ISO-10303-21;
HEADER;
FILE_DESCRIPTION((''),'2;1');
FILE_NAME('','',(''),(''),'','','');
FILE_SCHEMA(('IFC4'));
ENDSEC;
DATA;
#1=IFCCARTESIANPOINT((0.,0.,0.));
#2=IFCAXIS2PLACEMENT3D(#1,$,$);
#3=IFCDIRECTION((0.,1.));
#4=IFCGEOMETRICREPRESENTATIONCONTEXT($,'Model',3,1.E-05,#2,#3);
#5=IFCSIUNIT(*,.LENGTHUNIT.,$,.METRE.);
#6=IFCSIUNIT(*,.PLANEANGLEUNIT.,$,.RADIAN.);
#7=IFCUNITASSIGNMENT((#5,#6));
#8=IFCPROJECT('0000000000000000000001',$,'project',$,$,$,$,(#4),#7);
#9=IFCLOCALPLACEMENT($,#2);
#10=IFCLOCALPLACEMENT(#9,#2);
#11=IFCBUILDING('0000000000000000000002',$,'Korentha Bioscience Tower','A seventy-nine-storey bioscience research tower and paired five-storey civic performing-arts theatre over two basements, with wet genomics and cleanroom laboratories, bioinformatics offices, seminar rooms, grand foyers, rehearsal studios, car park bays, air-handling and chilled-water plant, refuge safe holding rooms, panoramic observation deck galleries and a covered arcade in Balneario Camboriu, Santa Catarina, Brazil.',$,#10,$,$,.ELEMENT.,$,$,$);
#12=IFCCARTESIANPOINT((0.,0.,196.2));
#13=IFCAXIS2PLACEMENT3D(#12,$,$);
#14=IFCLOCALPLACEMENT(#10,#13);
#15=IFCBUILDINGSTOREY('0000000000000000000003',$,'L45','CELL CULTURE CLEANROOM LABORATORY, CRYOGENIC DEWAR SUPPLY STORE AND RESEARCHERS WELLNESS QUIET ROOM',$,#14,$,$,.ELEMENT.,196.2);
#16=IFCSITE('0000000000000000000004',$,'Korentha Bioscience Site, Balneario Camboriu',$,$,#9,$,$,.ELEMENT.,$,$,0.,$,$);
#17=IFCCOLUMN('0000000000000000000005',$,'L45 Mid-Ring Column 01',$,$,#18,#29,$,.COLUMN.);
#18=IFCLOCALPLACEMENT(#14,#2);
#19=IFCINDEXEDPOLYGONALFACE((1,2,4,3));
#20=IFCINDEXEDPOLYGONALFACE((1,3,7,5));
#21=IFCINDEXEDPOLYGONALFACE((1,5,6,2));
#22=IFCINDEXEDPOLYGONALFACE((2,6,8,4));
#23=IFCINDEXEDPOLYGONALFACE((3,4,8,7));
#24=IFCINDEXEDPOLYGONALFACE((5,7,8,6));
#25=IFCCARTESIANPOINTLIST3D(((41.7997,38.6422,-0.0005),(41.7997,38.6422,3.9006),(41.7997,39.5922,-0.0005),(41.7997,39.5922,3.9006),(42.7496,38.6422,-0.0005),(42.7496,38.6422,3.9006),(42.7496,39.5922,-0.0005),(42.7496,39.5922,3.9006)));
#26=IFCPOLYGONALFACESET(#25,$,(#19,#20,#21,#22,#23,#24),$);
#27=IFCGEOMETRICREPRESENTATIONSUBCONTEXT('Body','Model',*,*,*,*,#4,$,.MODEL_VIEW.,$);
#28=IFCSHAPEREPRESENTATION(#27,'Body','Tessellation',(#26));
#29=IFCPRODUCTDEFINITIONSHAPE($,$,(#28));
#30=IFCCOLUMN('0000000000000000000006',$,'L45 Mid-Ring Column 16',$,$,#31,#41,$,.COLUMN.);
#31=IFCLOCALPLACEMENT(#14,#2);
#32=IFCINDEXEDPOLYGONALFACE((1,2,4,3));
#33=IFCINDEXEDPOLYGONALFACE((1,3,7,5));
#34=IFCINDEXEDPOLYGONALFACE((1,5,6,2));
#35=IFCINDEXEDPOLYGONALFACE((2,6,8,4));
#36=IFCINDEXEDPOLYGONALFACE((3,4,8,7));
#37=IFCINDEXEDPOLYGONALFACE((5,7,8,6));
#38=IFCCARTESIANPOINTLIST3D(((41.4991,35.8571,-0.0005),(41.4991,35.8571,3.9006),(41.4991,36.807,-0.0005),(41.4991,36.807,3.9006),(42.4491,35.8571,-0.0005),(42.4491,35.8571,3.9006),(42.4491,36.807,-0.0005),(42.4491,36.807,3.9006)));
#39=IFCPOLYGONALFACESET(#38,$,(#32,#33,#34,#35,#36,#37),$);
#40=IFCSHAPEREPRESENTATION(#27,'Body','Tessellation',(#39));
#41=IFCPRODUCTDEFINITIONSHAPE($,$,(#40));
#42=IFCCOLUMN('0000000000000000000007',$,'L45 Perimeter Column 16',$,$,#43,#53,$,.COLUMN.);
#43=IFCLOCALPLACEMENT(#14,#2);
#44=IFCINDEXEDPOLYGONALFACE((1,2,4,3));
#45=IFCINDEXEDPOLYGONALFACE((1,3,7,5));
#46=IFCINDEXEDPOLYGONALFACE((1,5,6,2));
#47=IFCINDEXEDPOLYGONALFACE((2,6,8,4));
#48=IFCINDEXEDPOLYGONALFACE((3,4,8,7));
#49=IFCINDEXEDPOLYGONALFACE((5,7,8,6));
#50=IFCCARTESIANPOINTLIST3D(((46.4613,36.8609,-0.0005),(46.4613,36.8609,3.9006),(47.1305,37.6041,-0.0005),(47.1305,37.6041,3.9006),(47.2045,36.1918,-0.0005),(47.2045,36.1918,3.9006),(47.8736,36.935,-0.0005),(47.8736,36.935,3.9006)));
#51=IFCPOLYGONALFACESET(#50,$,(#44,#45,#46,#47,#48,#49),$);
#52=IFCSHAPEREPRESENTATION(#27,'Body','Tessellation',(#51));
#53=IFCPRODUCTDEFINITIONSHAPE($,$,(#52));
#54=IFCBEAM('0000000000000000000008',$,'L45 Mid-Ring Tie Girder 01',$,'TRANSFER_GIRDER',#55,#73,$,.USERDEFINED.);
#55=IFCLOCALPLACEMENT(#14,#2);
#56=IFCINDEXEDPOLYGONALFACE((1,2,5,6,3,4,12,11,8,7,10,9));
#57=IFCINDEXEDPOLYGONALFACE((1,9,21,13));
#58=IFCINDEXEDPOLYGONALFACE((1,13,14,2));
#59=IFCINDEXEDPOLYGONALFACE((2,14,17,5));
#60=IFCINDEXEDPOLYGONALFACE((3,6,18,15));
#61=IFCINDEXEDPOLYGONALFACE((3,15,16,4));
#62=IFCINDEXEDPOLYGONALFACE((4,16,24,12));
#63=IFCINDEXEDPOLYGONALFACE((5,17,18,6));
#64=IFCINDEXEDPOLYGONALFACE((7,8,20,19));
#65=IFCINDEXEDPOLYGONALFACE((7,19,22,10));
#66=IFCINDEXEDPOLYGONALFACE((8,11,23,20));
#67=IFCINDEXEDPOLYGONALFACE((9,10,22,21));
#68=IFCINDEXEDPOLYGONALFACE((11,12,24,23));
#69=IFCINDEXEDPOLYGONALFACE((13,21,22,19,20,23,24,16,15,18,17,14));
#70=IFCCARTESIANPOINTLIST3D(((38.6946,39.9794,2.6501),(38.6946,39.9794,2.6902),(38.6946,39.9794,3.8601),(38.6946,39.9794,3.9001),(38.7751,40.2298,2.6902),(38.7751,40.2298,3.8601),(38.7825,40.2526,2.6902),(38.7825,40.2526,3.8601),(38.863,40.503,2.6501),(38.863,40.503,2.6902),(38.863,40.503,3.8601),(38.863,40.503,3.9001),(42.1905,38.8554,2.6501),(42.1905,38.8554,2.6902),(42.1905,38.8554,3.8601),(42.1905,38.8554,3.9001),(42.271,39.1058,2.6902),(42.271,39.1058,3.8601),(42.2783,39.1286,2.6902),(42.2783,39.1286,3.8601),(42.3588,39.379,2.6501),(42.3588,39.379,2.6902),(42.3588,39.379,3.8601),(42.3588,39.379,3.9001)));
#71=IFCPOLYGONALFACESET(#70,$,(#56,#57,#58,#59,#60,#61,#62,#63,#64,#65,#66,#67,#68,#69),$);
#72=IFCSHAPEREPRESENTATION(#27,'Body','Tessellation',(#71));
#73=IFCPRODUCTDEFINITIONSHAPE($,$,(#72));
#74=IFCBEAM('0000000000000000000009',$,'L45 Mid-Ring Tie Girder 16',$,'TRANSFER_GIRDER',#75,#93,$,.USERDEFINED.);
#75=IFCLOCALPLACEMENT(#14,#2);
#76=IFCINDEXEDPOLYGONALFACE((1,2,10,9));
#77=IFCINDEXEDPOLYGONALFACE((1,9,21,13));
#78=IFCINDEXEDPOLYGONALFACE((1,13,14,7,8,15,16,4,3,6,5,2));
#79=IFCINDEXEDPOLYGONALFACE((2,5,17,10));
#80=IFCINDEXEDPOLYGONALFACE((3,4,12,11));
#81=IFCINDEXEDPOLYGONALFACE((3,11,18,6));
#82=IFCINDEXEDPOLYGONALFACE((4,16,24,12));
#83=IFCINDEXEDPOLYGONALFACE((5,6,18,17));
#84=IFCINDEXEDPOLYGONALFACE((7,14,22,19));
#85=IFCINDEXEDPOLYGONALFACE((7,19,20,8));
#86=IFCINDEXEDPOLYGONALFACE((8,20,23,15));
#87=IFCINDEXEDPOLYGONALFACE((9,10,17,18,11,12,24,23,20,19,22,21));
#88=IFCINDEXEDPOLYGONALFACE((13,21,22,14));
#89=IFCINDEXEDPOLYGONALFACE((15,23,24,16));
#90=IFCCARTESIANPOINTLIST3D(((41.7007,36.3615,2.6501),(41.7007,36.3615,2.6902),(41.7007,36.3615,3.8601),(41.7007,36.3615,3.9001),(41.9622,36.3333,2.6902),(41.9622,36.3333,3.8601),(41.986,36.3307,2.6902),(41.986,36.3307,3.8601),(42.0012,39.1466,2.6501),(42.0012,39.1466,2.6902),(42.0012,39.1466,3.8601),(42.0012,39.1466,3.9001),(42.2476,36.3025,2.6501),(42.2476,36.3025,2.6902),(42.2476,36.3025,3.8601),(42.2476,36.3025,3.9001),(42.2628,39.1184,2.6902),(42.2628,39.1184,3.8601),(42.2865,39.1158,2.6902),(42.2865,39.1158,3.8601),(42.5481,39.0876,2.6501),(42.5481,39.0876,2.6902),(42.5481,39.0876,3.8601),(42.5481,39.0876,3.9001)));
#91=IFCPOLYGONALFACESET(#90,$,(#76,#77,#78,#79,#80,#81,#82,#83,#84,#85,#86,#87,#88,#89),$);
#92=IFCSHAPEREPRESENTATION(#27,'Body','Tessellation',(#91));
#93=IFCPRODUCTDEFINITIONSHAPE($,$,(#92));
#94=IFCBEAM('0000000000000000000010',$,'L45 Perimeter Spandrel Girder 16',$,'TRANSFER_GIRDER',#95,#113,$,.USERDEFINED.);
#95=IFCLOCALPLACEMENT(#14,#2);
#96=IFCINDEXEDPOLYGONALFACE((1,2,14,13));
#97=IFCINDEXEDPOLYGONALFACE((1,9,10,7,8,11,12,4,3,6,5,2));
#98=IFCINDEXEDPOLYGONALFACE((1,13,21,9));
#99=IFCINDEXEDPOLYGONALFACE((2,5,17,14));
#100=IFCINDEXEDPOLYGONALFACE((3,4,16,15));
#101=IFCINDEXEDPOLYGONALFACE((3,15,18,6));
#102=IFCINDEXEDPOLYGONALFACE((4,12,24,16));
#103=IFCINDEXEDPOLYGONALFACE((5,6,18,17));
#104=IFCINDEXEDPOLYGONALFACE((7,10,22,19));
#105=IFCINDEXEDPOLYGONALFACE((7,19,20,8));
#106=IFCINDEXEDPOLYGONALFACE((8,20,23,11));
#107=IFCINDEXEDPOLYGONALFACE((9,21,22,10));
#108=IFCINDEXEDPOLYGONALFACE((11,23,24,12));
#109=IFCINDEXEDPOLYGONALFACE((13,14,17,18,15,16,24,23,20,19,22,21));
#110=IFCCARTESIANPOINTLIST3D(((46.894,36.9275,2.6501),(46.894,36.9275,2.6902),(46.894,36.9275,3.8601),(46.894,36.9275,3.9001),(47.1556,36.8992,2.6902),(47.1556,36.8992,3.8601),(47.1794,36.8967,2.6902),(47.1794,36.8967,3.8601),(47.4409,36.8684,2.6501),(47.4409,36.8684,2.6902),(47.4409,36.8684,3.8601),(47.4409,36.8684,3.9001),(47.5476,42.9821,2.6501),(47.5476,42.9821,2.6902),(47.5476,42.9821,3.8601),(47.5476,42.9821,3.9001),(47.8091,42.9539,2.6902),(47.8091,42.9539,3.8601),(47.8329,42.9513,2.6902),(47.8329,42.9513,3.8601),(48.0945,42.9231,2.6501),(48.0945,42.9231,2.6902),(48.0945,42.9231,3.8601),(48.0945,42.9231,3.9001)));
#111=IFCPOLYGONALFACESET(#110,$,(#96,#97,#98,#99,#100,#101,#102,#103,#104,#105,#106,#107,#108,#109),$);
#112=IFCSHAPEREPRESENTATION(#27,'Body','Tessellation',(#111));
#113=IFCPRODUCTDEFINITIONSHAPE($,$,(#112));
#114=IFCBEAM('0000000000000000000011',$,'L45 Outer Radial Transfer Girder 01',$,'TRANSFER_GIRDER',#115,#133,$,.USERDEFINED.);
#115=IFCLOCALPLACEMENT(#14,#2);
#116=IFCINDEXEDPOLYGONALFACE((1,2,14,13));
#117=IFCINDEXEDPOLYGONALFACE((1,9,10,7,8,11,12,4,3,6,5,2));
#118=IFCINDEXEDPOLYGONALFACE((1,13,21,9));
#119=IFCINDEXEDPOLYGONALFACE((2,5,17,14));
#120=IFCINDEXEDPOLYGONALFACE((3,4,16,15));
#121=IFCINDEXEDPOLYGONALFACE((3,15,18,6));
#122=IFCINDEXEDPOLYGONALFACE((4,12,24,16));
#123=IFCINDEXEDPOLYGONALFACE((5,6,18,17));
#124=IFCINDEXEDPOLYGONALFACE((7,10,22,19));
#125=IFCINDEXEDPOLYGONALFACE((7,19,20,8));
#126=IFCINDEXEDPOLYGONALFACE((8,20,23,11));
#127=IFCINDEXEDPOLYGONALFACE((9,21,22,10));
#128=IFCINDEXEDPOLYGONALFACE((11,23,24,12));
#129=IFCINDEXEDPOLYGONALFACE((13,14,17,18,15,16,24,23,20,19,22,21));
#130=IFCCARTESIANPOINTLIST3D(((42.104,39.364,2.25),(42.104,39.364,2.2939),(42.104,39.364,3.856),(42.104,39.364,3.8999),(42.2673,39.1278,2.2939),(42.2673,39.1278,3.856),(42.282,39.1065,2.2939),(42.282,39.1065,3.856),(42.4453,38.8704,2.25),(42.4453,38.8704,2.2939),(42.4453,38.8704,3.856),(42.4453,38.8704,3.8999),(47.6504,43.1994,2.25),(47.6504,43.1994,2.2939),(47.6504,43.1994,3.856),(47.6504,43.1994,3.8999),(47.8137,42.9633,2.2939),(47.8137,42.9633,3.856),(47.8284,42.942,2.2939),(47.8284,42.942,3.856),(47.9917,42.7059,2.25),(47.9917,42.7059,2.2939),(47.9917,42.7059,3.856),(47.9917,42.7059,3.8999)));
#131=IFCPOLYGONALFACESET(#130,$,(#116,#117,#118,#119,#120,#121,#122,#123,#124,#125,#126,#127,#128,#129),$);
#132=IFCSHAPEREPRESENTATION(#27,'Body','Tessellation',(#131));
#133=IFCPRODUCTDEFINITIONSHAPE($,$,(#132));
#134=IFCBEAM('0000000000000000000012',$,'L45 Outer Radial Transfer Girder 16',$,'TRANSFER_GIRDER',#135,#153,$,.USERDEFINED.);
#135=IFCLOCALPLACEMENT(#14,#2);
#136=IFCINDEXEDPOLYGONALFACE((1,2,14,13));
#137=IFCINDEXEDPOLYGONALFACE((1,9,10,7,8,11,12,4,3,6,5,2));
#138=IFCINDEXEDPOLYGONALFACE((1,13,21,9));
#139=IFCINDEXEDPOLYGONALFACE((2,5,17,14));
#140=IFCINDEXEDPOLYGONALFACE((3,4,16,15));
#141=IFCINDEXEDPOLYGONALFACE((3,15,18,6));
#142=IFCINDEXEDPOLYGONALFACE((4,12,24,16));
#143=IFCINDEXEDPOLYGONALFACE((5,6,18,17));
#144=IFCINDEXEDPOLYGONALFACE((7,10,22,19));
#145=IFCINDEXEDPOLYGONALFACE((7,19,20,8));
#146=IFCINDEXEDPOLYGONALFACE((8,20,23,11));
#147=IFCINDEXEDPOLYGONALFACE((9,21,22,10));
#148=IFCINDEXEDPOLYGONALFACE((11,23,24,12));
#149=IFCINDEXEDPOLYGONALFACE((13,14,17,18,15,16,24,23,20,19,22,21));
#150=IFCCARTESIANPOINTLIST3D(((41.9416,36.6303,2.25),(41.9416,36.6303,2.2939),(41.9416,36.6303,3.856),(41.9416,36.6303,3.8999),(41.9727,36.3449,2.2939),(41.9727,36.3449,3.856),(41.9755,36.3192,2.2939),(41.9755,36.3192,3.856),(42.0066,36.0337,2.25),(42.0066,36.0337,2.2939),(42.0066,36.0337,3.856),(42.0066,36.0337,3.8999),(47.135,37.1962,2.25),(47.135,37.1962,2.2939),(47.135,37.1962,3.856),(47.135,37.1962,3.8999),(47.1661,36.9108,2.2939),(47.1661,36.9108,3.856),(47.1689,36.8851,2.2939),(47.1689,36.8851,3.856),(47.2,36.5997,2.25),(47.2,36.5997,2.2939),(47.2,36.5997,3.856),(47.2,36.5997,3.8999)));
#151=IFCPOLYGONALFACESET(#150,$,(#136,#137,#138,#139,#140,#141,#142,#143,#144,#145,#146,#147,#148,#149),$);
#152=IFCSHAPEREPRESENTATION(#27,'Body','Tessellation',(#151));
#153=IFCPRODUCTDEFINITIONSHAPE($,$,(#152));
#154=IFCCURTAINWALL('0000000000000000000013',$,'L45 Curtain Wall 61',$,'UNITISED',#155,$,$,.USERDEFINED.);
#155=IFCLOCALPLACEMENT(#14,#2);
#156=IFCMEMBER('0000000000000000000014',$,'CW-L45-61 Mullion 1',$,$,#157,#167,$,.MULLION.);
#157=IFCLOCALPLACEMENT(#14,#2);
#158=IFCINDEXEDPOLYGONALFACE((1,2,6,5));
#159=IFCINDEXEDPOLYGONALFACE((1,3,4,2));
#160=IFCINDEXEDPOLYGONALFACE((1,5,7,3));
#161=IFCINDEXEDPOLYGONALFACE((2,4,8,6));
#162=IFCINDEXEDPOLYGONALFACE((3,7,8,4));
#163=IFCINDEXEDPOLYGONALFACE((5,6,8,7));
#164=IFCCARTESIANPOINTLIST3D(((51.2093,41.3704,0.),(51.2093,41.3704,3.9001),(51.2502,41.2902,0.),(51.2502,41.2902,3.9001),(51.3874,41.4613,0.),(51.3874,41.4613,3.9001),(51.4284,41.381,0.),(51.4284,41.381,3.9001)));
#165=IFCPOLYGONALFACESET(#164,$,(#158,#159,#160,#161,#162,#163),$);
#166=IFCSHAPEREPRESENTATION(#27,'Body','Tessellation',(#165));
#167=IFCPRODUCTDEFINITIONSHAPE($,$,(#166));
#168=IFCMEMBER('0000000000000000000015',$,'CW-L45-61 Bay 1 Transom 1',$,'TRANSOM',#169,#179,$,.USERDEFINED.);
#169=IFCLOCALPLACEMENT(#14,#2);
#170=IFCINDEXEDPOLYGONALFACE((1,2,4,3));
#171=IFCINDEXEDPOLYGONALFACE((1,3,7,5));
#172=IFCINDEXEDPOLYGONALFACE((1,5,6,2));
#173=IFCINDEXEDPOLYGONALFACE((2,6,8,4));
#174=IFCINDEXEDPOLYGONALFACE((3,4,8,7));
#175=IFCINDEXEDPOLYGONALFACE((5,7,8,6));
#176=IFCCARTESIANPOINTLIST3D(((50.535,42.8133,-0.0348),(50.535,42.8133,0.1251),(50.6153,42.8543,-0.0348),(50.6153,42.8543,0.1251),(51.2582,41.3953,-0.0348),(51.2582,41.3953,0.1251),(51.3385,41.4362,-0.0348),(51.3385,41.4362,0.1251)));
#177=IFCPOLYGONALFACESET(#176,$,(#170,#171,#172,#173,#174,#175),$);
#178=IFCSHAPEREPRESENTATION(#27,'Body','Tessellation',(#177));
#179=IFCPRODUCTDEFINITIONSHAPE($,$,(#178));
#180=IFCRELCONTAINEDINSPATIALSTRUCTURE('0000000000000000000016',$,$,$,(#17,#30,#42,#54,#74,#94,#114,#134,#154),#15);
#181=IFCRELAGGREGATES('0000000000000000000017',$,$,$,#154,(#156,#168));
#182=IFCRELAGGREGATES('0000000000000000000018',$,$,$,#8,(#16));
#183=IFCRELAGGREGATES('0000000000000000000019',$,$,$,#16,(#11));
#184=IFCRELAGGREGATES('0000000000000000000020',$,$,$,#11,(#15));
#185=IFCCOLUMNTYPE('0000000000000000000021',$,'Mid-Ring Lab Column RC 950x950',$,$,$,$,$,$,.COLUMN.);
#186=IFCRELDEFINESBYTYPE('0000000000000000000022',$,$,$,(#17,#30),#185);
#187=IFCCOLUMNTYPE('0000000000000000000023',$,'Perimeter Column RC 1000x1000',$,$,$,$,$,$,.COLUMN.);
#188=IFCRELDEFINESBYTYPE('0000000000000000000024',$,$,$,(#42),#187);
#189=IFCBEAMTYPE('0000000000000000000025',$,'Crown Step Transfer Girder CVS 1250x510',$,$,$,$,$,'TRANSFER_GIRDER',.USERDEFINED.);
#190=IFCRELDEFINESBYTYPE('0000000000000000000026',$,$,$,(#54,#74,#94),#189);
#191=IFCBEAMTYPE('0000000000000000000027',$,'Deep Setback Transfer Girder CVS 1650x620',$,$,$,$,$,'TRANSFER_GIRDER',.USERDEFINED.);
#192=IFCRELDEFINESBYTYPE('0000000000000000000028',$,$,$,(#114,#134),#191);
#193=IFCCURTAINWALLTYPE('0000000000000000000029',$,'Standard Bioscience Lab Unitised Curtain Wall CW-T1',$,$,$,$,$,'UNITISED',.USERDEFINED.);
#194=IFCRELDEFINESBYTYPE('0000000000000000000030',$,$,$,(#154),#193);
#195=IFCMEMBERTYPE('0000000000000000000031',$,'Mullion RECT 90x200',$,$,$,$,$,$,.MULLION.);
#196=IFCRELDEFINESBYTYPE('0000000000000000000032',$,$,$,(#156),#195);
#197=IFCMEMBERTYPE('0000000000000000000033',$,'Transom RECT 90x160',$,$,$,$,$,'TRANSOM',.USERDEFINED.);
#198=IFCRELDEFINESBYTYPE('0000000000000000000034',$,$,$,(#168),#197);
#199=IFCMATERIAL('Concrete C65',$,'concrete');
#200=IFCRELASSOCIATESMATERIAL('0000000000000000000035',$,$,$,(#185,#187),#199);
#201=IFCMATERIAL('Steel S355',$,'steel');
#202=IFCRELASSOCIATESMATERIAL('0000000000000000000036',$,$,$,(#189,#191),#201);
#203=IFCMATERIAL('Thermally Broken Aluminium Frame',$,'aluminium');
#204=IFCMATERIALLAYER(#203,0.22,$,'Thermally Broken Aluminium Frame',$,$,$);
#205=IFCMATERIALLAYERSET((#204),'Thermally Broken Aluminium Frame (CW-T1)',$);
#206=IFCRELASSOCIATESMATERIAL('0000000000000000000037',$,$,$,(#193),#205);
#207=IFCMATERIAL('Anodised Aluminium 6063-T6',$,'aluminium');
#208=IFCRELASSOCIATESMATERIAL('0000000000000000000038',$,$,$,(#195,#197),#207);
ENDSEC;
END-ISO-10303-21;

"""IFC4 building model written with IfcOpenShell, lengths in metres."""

from ifc_helpers import new_model, si_unit, direction, frame, origin, origin_2d, place, context, subcontext, project, spatial, rectangle, i_section, extrude, material, layer, layer_set, material_profile, profile_set, type_object, element, aggregate, save


model = new_model("IFC4")

# Units and contexts
model_context = context("Model", 3, precision=1e-05, world=origin(), true_north=direction((0.0, 1.0)))
body_context = subcontext(model_context, "Body", "Model", "MODEL_VIEW")
ifc_project = project(units=[si_unit("LENGTHUNIT", "METRE"), si_unit("PLANEANGLEUNIT", "RADIAN")], contexts=[model_context])

# Site, building, storey
site_placement = place(None, origin())
site = spatial("IfcSite", under=ifc_project, at=site_placement, Name="Korentha Bioscience Site, Balneario Camboriu", CompositionType="ELEMENT", RefElevation=0.0)
building_placement = place(site_placement, origin())
building = spatial("IfcBuilding", under=site, at=building_placement, Name="Korentha Bioscience Tower", Description="A seventy-nine-storey bioscience research tower and paired five-storey civic performing-arts theatre over two basements, with wet genomics and cleanroom laboratories, bioinformatics offices, seminar rooms, grand foyers, rehearsal studios, car park bays, air-handling and chilled-water plant, refuge safe holding rooms, panoramic observation deck galleries and a covered arcade in Balneario Camboriu, Santa Catarina, Brazil.", CompositionType="ELEMENT")
storey_placement = place(building_placement, frame((0.0, 0.0, 196.2)))
storey = spatial("IfcBuildingStorey", under=building, at=storey_placement, Name="L45", Description="CELL CULTURE CLEANROOM LABORATORY, CRYOGENIC DEWAR SUPPLY STORE AND RESEARCHERS WELLNESS QUIET ROOM", CompositionType="ELEMENT", Elevation=196.2)

# Columns
ifc_material_1 = material(Name="Concrete C65", Category="concrete")
ifc_material_profile_1 = material_profile(ifc_material_1, rectangle(XDim=0.95, YDim=0.95, at=origin_2d()), Name="Concrete C65")
ifc_profile_set_1 = profile_set([ifc_material_profile_1], Name="Concrete C65 (COL-MR09)")
column_type_1 = type_object("IfcColumnType", Name="Mid-Ring Lab Column RC 950x950", PredefinedType="COLUMN", material=ifc_profile_set_1)
for number, where, z_axis, x_axis, name in (
    (1, (42.2747, 39.1172, -0.0005), (0.0, 0.0, 1.0), (1.0, 0.0, 0.0), "L45 Mid-Ring Column 01"),
    (2, (41.9741, 36.332, -0.0005), (0.0, 0.0, 1.0), (1.0, 0.0, 0.0), "L45 Mid-Ring Column 16"),
):
    element("IfcColumn", number, at=place(storey_placement, frame(where, z_axis=z_axis, x_axis=x_axis)), inside=storey, type_object=column_type_1, Name=name, PredefinedType="COLUMN", context=body_context, shape_type="SweptSolid", body=[
        extrude(rectangle(XDim=0.95, YDim=0.95, at=origin_2d()), origin(), (0.0, 0.0, 1.0), 3.9011),
    ])
ifc_material_profile_2 = material_profile(ifc_material_1, rectangle(XDim=1.0, YDim=1.0, at=origin_2d()), Name="Concrete C65")
ifc_profile_set_2 = profile_set([ifc_material_profile_2], Name="Concrete C65 (COL-P10)")
column_type_2 = type_object("IfcColumnType", Name="Perimeter Column RC 1000x1000", PredefinedType="COLUMN", material=ifc_profile_set_2)
column_placement = place(storey_placement, frame((47.1675, 36.8979, -0.0005), z_axis=(0.0, 0.0, 1.0), x_axis=(0.669131, 0.743145, 0.0)))
element("IfcColumn", 3, at=column_placement, inside=storey, type_object=column_type_2, Name="L45 Perimeter Column 16", PredefinedType="COLUMN", context=body_context, shape_type="SweptSolid", body=[
    extrude(rectangle(XDim=1.0, YDim=1.0, at=origin_2d()), origin(), (0.0, 0.0, 1.0), 3.9011),
])

# Beams
ifc_material_2 = material(Name="Steel S355", Category="steel")
ifc_material_profile_3 = material_profile(ifc_material_2, i_section(OverallWidth=0.55, OverallDepth=1.25, WebThickness=0.0239, FlangeThickness=0.04, at=origin_2d()), Name="Steel S355")
ifc_profile_set_3 = profile_set([ifc_material_profile_3], Name="Steel S355 (TG-03)")
beam_type_1 = type_object("IfcBeamType", Name="Crown Step Transfer Girder CVS 1250x510", ElementType="TRANSFER_GIRDER", PredefinedType="USERDEFINED", material=ifc_profile_set_3)
beam_1_placement = place(storey_placement, frame((42.2747, 39.1172, 3.2751), z_axis=(-0.952, 0.306097, 0.0), x_axis=(-0.306097, -0.952, 0.0)))
element("IfcBeam", 4, at=beam_1_placement, inside=storey, type_object=beam_type_1, Name="L45 Mid-Ring Tie Girder 01", ObjectType="TRANSFER_GIRDER", PredefinedType="USERDEFINED", context=body_context, shape_type="SweptSolid", body=[
    extrude(i_section(OverallWidth=0.55, OverallDepth=1.25, WebThickness=0.0239, FlangeThickness=0.04, at=origin_2d()), origin(), (0.0, 0.0, 1.0), 3.6721),
])
beam_2_placement = place(storey_placement, frame((41.9741, 36.332, 3.2751), z_axis=(0.107284, 0.994228, 0.0), x_axis=(-0.994228, 0.107284, 0.0)))
element("IfcBeam", 5, at=beam_2_placement, inside=storey, type_object=beam_type_1, Name="L45 Mid-Ring Tie Girder 16", ObjectType="TRANSFER_GIRDER", PredefinedType="USERDEFINED", context=body_context, shape_type="SweptSolid", body=[
    extrude(i_section(OverallWidth=0.55, OverallDepth=1.25, WebThickness=0.0239, FlangeThickness=0.04, at=origin_2d()), origin(), (0.0, 0.0, 1.0), 2.8013),
])
beam_3_placement = place(storey_placement, frame((47.1675, 36.8979, 3.2751), z_axis=(0.10732, 0.994225, 0.0), x_axis=(-0.994225, 0.10732, 0.0)))
element("IfcBeam", 6, at=beam_3_placement, inside=storey, type_object=beam_type_1, Name="L45 Perimeter Spandrel Girder 16", ObjectType="TRANSFER_GIRDER", PredefinedType="USERDEFINED", context=body_context, shape_type="SweptSolid", body=[
    extrude(i_section(OverallWidth=0.55, OverallDepth=1.25, WebThickness=0.0239, FlangeThickness=0.04, at=origin_2d()), origin(), (0.0, 0.0, 1.0), 6.0898),
])
ifc_material_profile_4 = material_profile(ifc_material_2, i_section(OverallWidth=0.6001, OverallDepth=1.6499, WebThickness=0.0259, FlangeThickness=0.0439, at=origin_2d()), Name="Steel S355")
ifc_profile_set_4 = profile_set([ifc_material_profile_4], Name="Steel S355 (TG-04)")
beam_type_2 = type_object("IfcBeamType", Name="Deep Setback Transfer Girder CVS 1650x620", ElementType="TRANSFER_GIRDER", PredefinedType="USERDEFINED", material=ifc_profile_set_4)
beam_4_placement = place(storey_placement, frame((42.2747, 39.1172, 3.075), z_axis=(0.822494, 0.568773, 0.0), x_axis=(-0.568773, 0.822494, 0.0)))
element("IfcBeam", 7, at=beam_4_placement, inside=storey, type_object=beam_type_2, Name="L45 Outer Radial Transfer Girder 01", ObjectType="TRANSFER_GIRDER", PredefinedType="USERDEFINED", context=body_context, shape_type="SweptSolid", body=[
    extrude(i_section(OverallWidth=0.6001, OverallDepth=1.6499, WebThickness=0.0259, FlangeThickness=0.0439, at=origin_2d()), origin(), (0.0, 0.0, 1.0), 6.7434),
])
beam_5_placement = place(storey_placement, frame((41.9741, 36.332, 3.075), z_axis=(0.994115, 0.108328, 0.0), x_axis=(-0.108328, 0.994115, 0.0)))
element("IfcBeam", 8, at=beam_5_placement, inside=storey, type_object=beam_type_2, Name="L45 Outer Radial Transfer Girder 16", ObjectType="TRANSFER_GIRDER", PredefinedType="USERDEFINED", context=body_context, shape_type="SweptSolid", body=[
    extrude(i_section(OverallWidth=0.6001, OverallDepth=1.6499, WebThickness=0.0259, FlangeThickness=0.0439, at=origin_2d()), origin(), (0.0, 0.0, 1.0), 5.2241),
])

# Curtain wall, members
ifc_material_3 = material(Name="Thermally Broken Aluminium Frame", Category="aluminium")
ifc_layer_1 = layer(ifc_material_3, 0.22, Name="Thermally Broken Aluminium Frame")
ifc_layer_set_1 = layer_set([ifc_layer_1], Name="Thermally Broken Aluminium Frame (CW-T1)")
curtain_wall_type = type_object("IfcCurtainWallType", Name="Standard Bioscience Lab Unitised Curtain Wall CW-T1", ElementType="UNITISED", PredefinedType="USERDEFINED", material=ifc_layer_set_1)
curtain_wall_placement = place(storey_placement, origin())
curtain_wall = element("IfcCurtainWall", 9, at=curtain_wall_placement, inside=storey, type_object=curtain_wall_type, Name="L45 Curtain Wall 61", ObjectType="UNITISED", PredefinedType="USERDEFINED")
ifc_material_4 = material(Name="Anodised Aluminium 6063-T6", Category="aluminium")
ifc_material_profile_5 = material_profile(ifc_material_4, rectangle(XDim=0.0901, YDim=0.2, at=origin_2d()), Name="Anodised Aluminium 6063-T6")
ifc_profile_set_5 = profile_set([ifc_material_profile_5], Name="Anodised Aluminium 6063-T6 (CW-MUL)")
member_type_1 = type_object("IfcMemberType", Name="Mullion RECT 90x200", PredefinedType="MULLION", material=ifc_profile_set_5)
member_1_placement = place(storey_placement, frame((51.3188, 41.3757, 0.0), z_axis=(0.0, 0.0, 1.0), x_axis=(-0.454288, 0.890855, 0.0)))
member_1 = element("IfcMember", 10, at=member_1_placement, type_object=member_type_1, Name="CW-L45-61 Mullion 1", PredefinedType="MULLION", context=body_context, shape_type="SweptSolid", body=[
    extrude(rectangle(XDim=0.0901, YDim=0.2, at=origin_2d()), origin(), (0.0, 0.0, 1.0), 3.9001),
])
ifc_material_profile_6 = material_profile(ifc_material_4, rectangle(XDim=0.0901, YDim=0.1599, at=origin_2d()), Name="Anodised Aluminium 6063-T6")
ifc_profile_set_6 = profile_set([ifc_material_profile_6], Name="Anodised Aluminium 6063-T6 (CW-TRN)")
member_type_2 = type_object("IfcMemberType", Name="Transom RECT 90x160", ElementType="TRANSOM", PredefinedType="USERDEFINED", material=ifc_profile_set_6)
member_2_placement = place(storey_placement, frame((51.2983, 41.4158, 0.0452), z_axis=(-0.454316, 0.89084, 0.0), x_axis=(-0.89084, -0.454316, 0.0)))
member_2 = element("IfcMember", 11, at=member_2_placement, type_object=member_type_2, Name="CW-L45-61 Bay 1 Transom 1", ObjectType="TRANSOM", PredefinedType="USERDEFINED", context=body_context, shape_type="SweptSolid", body=[
    extrude(rectangle(XDim=0.0901, YDim=0.1599, at=origin_2d()), origin(), (0.0, 0.0, 1.0), 1.5918),
])
aggregate(curtain_wall, [member_1, member_2])

save(model, "model.ifc")
